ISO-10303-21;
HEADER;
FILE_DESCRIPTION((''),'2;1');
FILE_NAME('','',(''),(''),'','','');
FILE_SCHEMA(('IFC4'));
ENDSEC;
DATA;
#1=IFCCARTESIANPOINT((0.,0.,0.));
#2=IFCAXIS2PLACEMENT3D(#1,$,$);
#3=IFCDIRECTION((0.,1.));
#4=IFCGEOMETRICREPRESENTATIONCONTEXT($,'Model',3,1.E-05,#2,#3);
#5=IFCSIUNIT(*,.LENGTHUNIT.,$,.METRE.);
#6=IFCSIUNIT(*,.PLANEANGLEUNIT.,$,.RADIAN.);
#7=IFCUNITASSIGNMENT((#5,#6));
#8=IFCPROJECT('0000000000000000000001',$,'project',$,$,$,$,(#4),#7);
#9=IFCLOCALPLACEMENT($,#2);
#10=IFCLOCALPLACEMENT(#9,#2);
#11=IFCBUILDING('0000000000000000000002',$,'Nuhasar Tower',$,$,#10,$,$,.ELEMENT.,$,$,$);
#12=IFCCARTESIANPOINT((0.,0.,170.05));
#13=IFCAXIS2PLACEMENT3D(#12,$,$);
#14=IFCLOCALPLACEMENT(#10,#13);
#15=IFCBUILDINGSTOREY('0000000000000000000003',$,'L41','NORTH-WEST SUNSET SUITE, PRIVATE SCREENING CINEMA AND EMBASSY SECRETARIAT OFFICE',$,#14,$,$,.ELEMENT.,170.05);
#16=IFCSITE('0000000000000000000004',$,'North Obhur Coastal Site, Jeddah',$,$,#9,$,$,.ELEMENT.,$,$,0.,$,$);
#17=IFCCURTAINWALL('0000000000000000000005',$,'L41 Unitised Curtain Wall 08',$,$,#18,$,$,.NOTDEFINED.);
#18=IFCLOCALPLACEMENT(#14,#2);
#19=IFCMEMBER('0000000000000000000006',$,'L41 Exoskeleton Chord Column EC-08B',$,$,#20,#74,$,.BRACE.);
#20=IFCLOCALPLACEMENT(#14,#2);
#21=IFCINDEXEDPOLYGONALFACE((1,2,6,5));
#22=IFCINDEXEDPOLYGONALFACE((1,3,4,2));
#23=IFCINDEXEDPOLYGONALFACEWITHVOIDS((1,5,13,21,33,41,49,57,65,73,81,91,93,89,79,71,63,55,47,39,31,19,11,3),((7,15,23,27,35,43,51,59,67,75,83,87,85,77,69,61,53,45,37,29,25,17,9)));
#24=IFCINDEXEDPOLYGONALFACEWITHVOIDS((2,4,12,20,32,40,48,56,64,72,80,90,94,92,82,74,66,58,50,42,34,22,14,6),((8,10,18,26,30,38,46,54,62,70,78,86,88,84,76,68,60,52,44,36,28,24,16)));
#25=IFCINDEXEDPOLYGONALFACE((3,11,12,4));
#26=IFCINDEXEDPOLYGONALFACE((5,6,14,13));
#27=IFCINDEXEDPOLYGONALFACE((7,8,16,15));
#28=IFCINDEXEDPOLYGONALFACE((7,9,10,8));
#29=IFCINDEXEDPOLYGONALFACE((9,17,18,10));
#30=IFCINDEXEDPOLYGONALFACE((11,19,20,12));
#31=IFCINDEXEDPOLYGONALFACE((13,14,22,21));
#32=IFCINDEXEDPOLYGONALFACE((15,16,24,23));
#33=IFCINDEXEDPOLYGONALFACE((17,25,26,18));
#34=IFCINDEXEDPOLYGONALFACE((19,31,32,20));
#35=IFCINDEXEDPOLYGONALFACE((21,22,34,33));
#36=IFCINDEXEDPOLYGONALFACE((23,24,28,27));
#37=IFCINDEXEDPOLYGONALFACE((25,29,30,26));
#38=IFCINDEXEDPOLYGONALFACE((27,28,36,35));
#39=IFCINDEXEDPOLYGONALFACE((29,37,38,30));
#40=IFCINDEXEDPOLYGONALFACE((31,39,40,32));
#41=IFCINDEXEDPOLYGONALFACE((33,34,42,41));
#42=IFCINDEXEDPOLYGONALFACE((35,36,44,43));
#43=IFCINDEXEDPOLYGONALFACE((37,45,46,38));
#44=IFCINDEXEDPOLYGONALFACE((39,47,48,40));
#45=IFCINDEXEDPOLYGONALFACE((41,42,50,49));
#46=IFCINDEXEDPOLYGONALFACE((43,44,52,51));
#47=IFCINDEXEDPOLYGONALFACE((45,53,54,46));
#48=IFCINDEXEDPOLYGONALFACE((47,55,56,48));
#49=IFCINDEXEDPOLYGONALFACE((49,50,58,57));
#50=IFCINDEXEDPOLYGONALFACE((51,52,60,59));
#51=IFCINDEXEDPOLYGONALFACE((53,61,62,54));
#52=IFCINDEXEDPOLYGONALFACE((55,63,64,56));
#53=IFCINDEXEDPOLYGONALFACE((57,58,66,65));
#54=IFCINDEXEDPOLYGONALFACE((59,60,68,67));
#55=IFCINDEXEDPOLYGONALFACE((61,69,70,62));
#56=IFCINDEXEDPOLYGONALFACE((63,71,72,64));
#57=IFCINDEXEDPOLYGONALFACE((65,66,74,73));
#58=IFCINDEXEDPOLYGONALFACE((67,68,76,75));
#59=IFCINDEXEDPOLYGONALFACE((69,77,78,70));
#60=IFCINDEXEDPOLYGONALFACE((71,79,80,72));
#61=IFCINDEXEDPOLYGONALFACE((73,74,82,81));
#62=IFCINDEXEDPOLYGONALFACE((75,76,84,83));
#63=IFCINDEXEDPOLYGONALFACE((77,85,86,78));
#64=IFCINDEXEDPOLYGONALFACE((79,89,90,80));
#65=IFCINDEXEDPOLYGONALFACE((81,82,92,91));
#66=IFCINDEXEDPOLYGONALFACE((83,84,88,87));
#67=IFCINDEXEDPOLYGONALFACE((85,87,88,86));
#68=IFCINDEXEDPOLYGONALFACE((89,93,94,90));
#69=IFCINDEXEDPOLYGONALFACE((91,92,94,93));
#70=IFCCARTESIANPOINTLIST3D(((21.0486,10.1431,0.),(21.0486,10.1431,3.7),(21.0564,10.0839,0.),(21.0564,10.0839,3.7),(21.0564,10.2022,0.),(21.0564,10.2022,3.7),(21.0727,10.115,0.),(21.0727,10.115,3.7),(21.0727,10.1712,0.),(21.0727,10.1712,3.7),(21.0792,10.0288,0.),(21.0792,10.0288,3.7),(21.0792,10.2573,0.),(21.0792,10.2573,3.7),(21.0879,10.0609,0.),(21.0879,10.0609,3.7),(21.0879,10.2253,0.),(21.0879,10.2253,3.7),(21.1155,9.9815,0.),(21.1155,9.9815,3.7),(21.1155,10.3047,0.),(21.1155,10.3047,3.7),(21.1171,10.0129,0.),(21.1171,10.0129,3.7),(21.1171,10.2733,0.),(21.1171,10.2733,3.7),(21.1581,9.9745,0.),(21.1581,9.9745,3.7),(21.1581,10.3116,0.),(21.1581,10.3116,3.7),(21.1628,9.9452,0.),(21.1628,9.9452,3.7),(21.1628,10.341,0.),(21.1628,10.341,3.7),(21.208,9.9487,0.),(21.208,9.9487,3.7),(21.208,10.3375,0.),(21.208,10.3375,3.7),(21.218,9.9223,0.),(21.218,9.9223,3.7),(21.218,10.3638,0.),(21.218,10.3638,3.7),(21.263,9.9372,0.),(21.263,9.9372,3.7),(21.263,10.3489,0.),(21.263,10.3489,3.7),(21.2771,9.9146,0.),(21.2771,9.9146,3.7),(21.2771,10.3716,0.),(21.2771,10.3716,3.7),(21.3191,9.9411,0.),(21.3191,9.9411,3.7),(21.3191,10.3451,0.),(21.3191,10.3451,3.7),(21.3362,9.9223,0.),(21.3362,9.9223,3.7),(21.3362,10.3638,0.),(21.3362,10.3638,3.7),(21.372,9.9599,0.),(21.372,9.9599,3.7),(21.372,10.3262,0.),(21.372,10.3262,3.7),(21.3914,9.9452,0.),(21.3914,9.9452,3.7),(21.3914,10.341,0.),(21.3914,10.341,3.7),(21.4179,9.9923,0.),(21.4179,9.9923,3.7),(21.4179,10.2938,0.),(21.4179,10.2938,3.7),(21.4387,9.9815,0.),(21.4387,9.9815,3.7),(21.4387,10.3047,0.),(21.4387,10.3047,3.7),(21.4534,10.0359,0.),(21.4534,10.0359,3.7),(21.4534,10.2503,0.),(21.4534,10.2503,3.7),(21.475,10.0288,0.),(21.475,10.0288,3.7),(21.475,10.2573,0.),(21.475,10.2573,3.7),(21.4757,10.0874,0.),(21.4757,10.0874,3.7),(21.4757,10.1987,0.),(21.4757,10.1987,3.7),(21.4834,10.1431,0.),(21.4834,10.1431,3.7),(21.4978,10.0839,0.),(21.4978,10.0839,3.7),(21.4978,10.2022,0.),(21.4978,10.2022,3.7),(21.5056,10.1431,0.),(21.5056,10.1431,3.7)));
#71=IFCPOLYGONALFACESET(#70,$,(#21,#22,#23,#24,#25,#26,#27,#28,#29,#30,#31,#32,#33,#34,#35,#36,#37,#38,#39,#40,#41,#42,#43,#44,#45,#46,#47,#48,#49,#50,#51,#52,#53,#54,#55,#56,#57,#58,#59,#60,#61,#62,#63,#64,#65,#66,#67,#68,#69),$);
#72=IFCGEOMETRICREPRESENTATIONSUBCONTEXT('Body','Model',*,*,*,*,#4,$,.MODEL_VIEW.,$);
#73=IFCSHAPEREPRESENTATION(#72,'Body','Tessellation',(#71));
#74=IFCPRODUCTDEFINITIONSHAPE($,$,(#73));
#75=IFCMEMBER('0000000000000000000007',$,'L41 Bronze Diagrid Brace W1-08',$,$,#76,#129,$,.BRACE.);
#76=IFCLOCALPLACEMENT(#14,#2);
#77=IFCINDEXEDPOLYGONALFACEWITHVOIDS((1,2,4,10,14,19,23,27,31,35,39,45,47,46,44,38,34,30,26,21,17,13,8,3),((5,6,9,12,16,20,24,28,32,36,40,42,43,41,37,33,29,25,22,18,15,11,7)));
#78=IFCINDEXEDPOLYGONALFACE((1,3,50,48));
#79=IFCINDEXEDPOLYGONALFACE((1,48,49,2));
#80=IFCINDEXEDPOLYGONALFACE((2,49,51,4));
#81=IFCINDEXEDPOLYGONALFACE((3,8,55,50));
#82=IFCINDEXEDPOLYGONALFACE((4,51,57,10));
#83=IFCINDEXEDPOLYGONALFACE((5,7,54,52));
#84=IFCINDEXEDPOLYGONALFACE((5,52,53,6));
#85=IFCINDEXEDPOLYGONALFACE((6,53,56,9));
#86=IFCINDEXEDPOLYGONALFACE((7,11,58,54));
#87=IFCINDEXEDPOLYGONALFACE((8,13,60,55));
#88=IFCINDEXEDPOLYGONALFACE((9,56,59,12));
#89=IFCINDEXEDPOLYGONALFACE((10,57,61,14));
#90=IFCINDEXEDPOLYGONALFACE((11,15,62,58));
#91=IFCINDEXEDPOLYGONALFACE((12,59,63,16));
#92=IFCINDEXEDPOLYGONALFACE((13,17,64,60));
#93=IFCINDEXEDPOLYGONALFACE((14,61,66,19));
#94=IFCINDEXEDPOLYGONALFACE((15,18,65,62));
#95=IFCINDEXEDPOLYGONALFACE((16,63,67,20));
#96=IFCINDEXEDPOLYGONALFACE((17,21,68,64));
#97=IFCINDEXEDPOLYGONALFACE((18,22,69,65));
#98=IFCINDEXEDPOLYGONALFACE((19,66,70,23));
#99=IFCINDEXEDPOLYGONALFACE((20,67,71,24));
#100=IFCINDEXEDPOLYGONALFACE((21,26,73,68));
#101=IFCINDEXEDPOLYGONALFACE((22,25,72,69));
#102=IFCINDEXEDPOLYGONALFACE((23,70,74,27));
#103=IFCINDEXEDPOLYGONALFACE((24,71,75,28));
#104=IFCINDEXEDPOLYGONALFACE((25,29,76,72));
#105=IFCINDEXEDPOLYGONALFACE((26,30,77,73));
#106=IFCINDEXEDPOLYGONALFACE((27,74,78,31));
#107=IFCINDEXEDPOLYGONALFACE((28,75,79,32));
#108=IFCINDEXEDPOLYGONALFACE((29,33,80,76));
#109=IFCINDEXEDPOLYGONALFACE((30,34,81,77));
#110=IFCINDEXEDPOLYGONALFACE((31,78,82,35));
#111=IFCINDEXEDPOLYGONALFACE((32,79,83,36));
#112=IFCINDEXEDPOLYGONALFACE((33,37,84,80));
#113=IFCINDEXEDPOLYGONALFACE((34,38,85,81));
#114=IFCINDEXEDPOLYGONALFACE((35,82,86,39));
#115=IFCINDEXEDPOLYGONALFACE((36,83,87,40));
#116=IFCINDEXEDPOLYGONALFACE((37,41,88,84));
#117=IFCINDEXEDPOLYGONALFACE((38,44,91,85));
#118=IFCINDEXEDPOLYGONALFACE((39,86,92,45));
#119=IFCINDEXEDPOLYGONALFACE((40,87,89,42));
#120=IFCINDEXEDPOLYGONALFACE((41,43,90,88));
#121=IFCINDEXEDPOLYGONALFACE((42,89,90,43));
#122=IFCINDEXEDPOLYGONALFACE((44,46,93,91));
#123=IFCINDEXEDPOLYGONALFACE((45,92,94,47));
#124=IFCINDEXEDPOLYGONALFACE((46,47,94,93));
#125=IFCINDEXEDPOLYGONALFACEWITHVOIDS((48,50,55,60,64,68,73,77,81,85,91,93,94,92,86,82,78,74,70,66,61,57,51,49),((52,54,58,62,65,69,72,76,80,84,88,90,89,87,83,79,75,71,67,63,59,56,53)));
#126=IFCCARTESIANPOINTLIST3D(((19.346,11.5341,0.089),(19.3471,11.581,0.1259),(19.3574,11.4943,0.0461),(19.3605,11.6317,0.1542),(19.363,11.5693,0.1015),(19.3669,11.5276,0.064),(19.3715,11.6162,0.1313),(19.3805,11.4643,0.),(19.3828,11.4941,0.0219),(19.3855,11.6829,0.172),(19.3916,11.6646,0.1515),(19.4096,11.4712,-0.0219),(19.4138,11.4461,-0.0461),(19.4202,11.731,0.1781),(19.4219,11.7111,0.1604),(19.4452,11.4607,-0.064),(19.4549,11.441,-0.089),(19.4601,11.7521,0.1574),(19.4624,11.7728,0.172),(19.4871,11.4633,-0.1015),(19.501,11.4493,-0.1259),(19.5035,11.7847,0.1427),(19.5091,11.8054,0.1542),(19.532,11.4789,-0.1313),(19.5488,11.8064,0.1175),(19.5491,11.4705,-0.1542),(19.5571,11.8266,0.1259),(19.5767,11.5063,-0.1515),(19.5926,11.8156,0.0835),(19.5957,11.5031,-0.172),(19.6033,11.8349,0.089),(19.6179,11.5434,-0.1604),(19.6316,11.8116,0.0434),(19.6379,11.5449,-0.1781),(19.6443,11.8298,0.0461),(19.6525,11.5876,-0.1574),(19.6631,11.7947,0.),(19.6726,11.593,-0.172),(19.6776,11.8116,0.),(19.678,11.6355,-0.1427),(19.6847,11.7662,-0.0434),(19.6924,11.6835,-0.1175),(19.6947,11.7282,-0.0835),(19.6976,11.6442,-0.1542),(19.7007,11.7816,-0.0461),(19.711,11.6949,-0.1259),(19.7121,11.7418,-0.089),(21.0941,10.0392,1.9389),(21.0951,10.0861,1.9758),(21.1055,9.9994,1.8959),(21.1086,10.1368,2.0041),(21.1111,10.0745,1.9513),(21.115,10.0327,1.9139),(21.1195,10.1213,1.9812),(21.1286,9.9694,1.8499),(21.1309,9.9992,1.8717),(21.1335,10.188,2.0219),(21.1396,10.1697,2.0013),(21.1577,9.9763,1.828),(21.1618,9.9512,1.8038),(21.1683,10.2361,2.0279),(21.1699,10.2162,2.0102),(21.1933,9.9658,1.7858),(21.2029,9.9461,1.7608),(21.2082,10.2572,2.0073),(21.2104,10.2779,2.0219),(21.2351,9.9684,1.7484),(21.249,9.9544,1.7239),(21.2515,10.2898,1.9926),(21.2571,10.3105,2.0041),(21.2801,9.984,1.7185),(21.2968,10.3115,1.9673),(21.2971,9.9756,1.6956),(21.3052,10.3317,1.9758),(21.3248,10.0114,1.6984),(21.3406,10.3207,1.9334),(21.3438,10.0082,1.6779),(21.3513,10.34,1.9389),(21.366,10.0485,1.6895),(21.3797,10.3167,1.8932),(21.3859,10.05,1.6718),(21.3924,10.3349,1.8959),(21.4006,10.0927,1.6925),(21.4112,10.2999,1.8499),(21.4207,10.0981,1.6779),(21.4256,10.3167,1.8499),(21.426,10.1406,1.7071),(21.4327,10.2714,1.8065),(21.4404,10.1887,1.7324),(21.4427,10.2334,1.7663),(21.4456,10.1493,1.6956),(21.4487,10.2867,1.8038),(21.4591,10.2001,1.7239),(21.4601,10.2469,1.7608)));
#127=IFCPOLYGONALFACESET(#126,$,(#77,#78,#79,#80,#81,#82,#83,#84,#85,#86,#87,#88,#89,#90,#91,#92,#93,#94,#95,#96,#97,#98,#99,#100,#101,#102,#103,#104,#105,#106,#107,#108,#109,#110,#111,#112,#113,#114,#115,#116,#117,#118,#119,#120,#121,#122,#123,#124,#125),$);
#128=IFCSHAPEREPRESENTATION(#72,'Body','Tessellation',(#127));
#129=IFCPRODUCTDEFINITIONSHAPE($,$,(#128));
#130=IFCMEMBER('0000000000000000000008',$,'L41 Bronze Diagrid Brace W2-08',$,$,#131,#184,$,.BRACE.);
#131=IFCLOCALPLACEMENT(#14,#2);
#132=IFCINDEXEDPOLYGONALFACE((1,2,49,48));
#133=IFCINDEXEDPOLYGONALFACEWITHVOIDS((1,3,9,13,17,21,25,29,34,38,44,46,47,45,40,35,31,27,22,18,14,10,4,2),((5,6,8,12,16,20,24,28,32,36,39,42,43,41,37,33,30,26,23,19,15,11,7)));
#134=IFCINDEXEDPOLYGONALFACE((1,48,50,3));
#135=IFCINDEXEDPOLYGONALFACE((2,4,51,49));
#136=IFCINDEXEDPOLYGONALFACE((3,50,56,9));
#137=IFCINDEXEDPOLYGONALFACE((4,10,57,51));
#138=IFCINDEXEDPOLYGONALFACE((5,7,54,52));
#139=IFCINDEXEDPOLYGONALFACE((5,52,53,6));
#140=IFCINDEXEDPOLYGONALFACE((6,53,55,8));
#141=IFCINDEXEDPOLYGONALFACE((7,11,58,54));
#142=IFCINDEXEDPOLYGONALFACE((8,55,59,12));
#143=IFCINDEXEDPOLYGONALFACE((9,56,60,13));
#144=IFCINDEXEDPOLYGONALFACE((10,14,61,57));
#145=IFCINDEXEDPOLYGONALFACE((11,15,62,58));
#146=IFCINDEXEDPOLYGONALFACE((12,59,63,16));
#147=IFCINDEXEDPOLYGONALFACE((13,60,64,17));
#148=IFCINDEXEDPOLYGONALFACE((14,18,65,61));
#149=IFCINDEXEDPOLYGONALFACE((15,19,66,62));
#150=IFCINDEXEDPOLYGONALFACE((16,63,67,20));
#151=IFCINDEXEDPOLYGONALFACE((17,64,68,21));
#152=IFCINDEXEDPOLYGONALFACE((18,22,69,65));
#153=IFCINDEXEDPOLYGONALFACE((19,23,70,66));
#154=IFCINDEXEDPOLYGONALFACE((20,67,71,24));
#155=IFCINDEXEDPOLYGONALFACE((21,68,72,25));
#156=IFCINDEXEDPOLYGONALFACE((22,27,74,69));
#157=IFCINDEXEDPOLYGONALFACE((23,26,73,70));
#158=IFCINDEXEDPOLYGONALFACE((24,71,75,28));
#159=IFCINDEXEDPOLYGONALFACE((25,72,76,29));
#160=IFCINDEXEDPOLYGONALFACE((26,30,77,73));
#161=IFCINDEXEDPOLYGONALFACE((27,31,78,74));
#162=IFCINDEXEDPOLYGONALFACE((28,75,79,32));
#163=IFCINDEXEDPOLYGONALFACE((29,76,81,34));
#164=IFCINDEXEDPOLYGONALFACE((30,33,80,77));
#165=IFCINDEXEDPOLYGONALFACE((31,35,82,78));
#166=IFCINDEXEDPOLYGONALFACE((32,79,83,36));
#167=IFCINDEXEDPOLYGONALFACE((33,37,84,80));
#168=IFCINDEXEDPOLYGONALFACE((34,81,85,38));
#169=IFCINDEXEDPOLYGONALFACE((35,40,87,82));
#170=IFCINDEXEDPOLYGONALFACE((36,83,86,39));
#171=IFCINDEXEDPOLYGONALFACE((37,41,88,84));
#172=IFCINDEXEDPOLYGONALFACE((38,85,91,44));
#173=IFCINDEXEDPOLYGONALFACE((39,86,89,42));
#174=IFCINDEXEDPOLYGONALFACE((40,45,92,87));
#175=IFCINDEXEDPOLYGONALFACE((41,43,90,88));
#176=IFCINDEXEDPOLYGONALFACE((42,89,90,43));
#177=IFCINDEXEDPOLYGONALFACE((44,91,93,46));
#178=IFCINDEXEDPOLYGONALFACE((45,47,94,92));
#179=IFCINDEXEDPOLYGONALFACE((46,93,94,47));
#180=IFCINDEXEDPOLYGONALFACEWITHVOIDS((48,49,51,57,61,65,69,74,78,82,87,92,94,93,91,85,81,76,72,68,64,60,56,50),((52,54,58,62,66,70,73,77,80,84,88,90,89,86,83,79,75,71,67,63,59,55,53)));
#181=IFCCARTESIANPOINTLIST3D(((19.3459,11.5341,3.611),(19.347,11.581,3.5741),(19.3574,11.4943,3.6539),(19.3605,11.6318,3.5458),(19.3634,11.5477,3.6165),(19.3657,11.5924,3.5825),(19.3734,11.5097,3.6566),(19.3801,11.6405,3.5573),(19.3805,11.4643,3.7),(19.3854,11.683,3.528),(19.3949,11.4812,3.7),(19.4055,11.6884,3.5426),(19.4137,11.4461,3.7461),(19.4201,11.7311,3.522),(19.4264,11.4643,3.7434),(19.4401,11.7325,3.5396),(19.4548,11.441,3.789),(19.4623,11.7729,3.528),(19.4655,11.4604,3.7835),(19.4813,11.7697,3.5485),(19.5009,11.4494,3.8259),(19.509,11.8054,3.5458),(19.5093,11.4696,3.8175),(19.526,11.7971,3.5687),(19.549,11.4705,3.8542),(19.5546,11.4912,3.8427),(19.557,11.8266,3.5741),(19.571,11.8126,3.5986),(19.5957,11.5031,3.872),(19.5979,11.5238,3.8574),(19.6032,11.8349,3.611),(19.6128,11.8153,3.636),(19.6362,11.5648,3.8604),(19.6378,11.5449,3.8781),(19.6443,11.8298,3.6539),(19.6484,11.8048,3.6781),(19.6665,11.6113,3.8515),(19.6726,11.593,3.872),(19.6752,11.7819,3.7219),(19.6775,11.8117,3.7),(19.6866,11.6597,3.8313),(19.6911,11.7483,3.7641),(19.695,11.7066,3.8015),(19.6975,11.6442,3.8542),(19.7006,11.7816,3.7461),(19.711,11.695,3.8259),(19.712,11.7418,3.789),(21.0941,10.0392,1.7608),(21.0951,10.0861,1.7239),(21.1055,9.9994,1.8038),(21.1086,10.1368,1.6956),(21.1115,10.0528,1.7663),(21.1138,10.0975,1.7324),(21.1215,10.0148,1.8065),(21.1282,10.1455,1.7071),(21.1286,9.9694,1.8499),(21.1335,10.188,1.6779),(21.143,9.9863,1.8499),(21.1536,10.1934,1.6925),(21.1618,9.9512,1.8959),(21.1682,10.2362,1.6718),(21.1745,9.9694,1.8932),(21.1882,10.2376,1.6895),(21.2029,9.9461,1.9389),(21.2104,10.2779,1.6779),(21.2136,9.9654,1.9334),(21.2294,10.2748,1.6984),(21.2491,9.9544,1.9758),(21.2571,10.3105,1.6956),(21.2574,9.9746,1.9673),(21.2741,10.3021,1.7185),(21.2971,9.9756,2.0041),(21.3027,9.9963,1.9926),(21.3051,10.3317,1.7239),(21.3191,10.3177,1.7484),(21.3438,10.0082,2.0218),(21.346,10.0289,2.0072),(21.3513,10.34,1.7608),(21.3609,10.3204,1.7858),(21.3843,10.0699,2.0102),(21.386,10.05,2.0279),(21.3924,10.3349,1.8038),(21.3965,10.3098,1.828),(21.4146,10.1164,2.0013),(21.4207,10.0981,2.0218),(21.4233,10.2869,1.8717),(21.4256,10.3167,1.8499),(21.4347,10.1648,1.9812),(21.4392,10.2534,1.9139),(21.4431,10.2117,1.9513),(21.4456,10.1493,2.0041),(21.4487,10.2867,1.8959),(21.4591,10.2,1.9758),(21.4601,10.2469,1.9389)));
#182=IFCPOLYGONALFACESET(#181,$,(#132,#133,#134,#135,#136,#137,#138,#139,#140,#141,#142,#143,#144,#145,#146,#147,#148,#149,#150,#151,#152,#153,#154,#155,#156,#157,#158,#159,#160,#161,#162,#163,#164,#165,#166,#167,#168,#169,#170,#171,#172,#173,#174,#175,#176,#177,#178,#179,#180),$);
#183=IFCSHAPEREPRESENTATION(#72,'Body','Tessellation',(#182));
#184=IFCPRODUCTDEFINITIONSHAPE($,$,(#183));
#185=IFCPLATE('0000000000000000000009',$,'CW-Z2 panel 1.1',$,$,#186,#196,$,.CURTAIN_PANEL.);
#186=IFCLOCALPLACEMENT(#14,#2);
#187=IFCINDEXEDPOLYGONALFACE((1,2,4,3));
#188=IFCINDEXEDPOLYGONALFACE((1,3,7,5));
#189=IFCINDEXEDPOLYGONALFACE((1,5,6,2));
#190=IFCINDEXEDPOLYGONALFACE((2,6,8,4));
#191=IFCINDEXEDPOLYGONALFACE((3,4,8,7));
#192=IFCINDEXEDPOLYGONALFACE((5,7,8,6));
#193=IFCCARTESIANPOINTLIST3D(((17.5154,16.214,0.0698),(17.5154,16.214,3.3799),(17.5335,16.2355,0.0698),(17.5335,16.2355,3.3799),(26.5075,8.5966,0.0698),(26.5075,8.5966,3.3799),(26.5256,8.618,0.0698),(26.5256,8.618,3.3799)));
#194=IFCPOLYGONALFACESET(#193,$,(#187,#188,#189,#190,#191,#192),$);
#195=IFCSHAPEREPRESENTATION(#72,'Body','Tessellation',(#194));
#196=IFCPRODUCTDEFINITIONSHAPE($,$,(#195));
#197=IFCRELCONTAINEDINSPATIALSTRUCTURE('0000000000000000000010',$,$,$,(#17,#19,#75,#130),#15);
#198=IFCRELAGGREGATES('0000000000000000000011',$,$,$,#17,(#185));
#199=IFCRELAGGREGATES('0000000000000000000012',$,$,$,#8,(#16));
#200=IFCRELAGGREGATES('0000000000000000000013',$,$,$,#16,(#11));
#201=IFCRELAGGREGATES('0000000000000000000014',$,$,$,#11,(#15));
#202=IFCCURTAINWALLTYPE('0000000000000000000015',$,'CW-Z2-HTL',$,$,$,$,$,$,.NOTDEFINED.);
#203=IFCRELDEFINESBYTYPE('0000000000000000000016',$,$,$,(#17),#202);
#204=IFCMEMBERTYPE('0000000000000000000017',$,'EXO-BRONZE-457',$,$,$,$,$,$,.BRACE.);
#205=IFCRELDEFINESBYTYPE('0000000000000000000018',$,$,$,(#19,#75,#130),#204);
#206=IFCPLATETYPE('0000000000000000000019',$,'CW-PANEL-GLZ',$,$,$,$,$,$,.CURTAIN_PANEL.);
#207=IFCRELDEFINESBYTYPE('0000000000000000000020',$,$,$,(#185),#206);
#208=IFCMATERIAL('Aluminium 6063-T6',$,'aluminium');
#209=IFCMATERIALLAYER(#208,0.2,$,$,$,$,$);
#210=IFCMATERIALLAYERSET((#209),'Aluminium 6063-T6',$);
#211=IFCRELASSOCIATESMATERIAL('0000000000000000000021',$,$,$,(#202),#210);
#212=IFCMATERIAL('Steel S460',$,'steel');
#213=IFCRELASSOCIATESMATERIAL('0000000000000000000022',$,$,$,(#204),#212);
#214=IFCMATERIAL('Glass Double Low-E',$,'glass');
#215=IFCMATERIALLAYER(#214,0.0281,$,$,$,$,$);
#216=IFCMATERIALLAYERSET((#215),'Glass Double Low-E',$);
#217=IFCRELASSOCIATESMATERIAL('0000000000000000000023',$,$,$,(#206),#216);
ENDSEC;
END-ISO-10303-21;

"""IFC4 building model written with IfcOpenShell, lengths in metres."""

from ifc_helpers import new_model, si_unit, direction, frame, origin, origin_2d, place, context, subcontext, project, spatial, rectangle, hollow_circle, extrude, material, layer, layer_set, material_profile, profile_set, type_object, element, aggregate, save


model = new_model("IFC4")

# Units and contexts
model_context = context("Model", 3, precision=1e-05, world=origin(), true_north=direction((0.0, 1.0)))
body_context = subcontext(model_context, "Body", "Model", "MODEL_VIEW")
ifc_project = project(units=[si_unit("LENGTHUNIT", "METRE"), si_unit("PLANEANGLEUNIT", "RADIAN")], contexts=[model_context])

# Site, building, storey
site_placement = place(None, origin())
site = spatial("IfcSite", under=ifc_project, at=site_placement, Name="North Obhur Coastal Site, Jeddah", CompositionType="ELEMENT", RefElevation=0.0)
building_placement = place(site_placement, origin())
building = spatial("IfcBuilding", under=site, at=building_placement, Name="Nuhasar Tower", CompositionType="ELEMENT")
storey_placement = place(building_placement, frame((0.0, 0.0, 170.05)))
storey = spatial("IfcBuildingStorey", under=building, at=storey_placement, Name="L41", Description="NORTH-WEST SUNSET SUITE, PRIVATE SCREENING CINEMA AND EMBASSY SECRETARIAT OFFICE", CompositionType="ELEMENT", Elevation=170.05)

# Curtain wall
ifc_material_1 = material(Name="Aluminium 6063-T6", Category="aluminium")
ifc_layer_1 = layer(ifc_material_1, 0.2)
ifc_layer_set_1 = layer_set([ifc_layer_1], Name="Aluminium 6063-T6")
curtain_wall_type = type_object("IfcCurtainWallType", Name="CW-Z2-HTL", PredefinedType="NOTDEFINED", material=ifc_layer_set_1)
curtain_wall_1_placement = place(storey_placement, origin())
curtain_wall_1 = element("IfcCurtainWall", 1, at=curtain_wall_1_placement, inside=storey, type_object=curtain_wall_type, Name="L41 Unitised Curtain Wall 08", PredefinedType="NOTDEFINED")

# Members
ifc_material_2 = material(Name="Steel S460", Category="steel")
ifc_material_profile_1 = material_profile(ifc_material_2, hollow_circle(Radius=0.2285, WallThickness=0.0222, at=origin_2d()), Name="HSS457X22.2")
ifc_profile_set_1 = profile_set([ifc_material_profile_1], Name="Steel S460")
member_type_1 = type_object("IfcMemberType", Name="EXO-BRONZE-457", PredefinedType="BRACE", material=ifc_profile_set_1)
for number, where, z_axis, x_axis, name in (
    (2, (21.2771, 10.1431, 0.0), (0.0, 0.0, 1.0), (1.0, 0.0, 0.0), "L41 Exoskeleton Chord Column EC-08B"),
):
    element("IfcMember", number, at=place(storey_placement, frame(where, z_axis=z_axis, x_axis=x_axis)), inside=storey, type_object=member_type_1, Name=name, PredefinedType="BRACE", context=body_context, shape_type="SweptSolid", body=[
        extrude(hollow_circle(Radius=0.2285, WallThickness=0.0222, at=origin_2d()), origin(), (0.0, 0.0, 1.0), 3.7),
    ])
member_1_placement = place(storey_placement, frame((19.5291, 11.6379, 0.0), z_axis=(0.592226, -0.506452, 0.626717), x_axis=(0.649926, 0.759998, 0.0)))
element("IfcMember", 3, at=member_1_placement, inside=storey, type_object=member_type_1, Name="L41 Bronze Diagrid Brace W1-08", PredefinedType="BRACE", context=body_context, shape_type="SweptSolid", body=[
    extrude(hollow_circle(Radius=0.2285, WallThickness=0.0222, at=origin_2d()), origin(), (0.0, 0.0, 1.0), 2.9517),
])
member_2_placement = place(storey_placement, frame((21.2771, 10.1431, 1.8499), z_axis=(-0.592195, 0.506426, 0.626767), x_axis=(-0.649926, -0.759998, 0.0)))
element("IfcMember", 4, at=member_2_placement, inside=storey, type_object=member_type_1, Name="L41 Bronze Diagrid Brace W2-08", PredefinedType="BRACE", context=body_context, shape_type="SweptSolid", body=[
    extrude(hollow_circle(Radius=0.2285, WallThickness=0.0222, at=origin_2d()), origin(), (0.0, 0.0, 1.0), 2.9519),
])

# Plate
ifc_material_3 = material(Name="Glass Double Low-E", Category="glass")
ifc_layer_2 = layer(ifc_material_3, 0.0281)
ifc_layer_set_2 = layer_set([ifc_layer_2], Name="Glass Double Low-E")
plate_type = type_object("IfcPlateType", Name="CW-PANEL-GLZ", PredefinedType="CURTAIN_PANEL", material=ifc_layer_set_2)
plate_placement = place(storey_placement, frame((22.0205, 12.416, 0.0698), z_axis=(0.0, 0.0, 1.0), x_axis=(0.76302, -0.646374, 0.0)))
plate = element("IfcPlate", 5, at=plate_placement, type_object=plate_type, Name="CW-Z2 panel 1.1", PredefinedType="CURTAIN_PANEL", context=body_context, shape_type="SweptSolid", body=[
    extrude(rectangle(XDim=11.7849, YDim=0.0281, at=origin_2d()), origin(), (0.0, 0.0, 1.0), 3.3101),
])
aggregate(curtain_wall_1, [plate])

save(model, "model.ifc")
